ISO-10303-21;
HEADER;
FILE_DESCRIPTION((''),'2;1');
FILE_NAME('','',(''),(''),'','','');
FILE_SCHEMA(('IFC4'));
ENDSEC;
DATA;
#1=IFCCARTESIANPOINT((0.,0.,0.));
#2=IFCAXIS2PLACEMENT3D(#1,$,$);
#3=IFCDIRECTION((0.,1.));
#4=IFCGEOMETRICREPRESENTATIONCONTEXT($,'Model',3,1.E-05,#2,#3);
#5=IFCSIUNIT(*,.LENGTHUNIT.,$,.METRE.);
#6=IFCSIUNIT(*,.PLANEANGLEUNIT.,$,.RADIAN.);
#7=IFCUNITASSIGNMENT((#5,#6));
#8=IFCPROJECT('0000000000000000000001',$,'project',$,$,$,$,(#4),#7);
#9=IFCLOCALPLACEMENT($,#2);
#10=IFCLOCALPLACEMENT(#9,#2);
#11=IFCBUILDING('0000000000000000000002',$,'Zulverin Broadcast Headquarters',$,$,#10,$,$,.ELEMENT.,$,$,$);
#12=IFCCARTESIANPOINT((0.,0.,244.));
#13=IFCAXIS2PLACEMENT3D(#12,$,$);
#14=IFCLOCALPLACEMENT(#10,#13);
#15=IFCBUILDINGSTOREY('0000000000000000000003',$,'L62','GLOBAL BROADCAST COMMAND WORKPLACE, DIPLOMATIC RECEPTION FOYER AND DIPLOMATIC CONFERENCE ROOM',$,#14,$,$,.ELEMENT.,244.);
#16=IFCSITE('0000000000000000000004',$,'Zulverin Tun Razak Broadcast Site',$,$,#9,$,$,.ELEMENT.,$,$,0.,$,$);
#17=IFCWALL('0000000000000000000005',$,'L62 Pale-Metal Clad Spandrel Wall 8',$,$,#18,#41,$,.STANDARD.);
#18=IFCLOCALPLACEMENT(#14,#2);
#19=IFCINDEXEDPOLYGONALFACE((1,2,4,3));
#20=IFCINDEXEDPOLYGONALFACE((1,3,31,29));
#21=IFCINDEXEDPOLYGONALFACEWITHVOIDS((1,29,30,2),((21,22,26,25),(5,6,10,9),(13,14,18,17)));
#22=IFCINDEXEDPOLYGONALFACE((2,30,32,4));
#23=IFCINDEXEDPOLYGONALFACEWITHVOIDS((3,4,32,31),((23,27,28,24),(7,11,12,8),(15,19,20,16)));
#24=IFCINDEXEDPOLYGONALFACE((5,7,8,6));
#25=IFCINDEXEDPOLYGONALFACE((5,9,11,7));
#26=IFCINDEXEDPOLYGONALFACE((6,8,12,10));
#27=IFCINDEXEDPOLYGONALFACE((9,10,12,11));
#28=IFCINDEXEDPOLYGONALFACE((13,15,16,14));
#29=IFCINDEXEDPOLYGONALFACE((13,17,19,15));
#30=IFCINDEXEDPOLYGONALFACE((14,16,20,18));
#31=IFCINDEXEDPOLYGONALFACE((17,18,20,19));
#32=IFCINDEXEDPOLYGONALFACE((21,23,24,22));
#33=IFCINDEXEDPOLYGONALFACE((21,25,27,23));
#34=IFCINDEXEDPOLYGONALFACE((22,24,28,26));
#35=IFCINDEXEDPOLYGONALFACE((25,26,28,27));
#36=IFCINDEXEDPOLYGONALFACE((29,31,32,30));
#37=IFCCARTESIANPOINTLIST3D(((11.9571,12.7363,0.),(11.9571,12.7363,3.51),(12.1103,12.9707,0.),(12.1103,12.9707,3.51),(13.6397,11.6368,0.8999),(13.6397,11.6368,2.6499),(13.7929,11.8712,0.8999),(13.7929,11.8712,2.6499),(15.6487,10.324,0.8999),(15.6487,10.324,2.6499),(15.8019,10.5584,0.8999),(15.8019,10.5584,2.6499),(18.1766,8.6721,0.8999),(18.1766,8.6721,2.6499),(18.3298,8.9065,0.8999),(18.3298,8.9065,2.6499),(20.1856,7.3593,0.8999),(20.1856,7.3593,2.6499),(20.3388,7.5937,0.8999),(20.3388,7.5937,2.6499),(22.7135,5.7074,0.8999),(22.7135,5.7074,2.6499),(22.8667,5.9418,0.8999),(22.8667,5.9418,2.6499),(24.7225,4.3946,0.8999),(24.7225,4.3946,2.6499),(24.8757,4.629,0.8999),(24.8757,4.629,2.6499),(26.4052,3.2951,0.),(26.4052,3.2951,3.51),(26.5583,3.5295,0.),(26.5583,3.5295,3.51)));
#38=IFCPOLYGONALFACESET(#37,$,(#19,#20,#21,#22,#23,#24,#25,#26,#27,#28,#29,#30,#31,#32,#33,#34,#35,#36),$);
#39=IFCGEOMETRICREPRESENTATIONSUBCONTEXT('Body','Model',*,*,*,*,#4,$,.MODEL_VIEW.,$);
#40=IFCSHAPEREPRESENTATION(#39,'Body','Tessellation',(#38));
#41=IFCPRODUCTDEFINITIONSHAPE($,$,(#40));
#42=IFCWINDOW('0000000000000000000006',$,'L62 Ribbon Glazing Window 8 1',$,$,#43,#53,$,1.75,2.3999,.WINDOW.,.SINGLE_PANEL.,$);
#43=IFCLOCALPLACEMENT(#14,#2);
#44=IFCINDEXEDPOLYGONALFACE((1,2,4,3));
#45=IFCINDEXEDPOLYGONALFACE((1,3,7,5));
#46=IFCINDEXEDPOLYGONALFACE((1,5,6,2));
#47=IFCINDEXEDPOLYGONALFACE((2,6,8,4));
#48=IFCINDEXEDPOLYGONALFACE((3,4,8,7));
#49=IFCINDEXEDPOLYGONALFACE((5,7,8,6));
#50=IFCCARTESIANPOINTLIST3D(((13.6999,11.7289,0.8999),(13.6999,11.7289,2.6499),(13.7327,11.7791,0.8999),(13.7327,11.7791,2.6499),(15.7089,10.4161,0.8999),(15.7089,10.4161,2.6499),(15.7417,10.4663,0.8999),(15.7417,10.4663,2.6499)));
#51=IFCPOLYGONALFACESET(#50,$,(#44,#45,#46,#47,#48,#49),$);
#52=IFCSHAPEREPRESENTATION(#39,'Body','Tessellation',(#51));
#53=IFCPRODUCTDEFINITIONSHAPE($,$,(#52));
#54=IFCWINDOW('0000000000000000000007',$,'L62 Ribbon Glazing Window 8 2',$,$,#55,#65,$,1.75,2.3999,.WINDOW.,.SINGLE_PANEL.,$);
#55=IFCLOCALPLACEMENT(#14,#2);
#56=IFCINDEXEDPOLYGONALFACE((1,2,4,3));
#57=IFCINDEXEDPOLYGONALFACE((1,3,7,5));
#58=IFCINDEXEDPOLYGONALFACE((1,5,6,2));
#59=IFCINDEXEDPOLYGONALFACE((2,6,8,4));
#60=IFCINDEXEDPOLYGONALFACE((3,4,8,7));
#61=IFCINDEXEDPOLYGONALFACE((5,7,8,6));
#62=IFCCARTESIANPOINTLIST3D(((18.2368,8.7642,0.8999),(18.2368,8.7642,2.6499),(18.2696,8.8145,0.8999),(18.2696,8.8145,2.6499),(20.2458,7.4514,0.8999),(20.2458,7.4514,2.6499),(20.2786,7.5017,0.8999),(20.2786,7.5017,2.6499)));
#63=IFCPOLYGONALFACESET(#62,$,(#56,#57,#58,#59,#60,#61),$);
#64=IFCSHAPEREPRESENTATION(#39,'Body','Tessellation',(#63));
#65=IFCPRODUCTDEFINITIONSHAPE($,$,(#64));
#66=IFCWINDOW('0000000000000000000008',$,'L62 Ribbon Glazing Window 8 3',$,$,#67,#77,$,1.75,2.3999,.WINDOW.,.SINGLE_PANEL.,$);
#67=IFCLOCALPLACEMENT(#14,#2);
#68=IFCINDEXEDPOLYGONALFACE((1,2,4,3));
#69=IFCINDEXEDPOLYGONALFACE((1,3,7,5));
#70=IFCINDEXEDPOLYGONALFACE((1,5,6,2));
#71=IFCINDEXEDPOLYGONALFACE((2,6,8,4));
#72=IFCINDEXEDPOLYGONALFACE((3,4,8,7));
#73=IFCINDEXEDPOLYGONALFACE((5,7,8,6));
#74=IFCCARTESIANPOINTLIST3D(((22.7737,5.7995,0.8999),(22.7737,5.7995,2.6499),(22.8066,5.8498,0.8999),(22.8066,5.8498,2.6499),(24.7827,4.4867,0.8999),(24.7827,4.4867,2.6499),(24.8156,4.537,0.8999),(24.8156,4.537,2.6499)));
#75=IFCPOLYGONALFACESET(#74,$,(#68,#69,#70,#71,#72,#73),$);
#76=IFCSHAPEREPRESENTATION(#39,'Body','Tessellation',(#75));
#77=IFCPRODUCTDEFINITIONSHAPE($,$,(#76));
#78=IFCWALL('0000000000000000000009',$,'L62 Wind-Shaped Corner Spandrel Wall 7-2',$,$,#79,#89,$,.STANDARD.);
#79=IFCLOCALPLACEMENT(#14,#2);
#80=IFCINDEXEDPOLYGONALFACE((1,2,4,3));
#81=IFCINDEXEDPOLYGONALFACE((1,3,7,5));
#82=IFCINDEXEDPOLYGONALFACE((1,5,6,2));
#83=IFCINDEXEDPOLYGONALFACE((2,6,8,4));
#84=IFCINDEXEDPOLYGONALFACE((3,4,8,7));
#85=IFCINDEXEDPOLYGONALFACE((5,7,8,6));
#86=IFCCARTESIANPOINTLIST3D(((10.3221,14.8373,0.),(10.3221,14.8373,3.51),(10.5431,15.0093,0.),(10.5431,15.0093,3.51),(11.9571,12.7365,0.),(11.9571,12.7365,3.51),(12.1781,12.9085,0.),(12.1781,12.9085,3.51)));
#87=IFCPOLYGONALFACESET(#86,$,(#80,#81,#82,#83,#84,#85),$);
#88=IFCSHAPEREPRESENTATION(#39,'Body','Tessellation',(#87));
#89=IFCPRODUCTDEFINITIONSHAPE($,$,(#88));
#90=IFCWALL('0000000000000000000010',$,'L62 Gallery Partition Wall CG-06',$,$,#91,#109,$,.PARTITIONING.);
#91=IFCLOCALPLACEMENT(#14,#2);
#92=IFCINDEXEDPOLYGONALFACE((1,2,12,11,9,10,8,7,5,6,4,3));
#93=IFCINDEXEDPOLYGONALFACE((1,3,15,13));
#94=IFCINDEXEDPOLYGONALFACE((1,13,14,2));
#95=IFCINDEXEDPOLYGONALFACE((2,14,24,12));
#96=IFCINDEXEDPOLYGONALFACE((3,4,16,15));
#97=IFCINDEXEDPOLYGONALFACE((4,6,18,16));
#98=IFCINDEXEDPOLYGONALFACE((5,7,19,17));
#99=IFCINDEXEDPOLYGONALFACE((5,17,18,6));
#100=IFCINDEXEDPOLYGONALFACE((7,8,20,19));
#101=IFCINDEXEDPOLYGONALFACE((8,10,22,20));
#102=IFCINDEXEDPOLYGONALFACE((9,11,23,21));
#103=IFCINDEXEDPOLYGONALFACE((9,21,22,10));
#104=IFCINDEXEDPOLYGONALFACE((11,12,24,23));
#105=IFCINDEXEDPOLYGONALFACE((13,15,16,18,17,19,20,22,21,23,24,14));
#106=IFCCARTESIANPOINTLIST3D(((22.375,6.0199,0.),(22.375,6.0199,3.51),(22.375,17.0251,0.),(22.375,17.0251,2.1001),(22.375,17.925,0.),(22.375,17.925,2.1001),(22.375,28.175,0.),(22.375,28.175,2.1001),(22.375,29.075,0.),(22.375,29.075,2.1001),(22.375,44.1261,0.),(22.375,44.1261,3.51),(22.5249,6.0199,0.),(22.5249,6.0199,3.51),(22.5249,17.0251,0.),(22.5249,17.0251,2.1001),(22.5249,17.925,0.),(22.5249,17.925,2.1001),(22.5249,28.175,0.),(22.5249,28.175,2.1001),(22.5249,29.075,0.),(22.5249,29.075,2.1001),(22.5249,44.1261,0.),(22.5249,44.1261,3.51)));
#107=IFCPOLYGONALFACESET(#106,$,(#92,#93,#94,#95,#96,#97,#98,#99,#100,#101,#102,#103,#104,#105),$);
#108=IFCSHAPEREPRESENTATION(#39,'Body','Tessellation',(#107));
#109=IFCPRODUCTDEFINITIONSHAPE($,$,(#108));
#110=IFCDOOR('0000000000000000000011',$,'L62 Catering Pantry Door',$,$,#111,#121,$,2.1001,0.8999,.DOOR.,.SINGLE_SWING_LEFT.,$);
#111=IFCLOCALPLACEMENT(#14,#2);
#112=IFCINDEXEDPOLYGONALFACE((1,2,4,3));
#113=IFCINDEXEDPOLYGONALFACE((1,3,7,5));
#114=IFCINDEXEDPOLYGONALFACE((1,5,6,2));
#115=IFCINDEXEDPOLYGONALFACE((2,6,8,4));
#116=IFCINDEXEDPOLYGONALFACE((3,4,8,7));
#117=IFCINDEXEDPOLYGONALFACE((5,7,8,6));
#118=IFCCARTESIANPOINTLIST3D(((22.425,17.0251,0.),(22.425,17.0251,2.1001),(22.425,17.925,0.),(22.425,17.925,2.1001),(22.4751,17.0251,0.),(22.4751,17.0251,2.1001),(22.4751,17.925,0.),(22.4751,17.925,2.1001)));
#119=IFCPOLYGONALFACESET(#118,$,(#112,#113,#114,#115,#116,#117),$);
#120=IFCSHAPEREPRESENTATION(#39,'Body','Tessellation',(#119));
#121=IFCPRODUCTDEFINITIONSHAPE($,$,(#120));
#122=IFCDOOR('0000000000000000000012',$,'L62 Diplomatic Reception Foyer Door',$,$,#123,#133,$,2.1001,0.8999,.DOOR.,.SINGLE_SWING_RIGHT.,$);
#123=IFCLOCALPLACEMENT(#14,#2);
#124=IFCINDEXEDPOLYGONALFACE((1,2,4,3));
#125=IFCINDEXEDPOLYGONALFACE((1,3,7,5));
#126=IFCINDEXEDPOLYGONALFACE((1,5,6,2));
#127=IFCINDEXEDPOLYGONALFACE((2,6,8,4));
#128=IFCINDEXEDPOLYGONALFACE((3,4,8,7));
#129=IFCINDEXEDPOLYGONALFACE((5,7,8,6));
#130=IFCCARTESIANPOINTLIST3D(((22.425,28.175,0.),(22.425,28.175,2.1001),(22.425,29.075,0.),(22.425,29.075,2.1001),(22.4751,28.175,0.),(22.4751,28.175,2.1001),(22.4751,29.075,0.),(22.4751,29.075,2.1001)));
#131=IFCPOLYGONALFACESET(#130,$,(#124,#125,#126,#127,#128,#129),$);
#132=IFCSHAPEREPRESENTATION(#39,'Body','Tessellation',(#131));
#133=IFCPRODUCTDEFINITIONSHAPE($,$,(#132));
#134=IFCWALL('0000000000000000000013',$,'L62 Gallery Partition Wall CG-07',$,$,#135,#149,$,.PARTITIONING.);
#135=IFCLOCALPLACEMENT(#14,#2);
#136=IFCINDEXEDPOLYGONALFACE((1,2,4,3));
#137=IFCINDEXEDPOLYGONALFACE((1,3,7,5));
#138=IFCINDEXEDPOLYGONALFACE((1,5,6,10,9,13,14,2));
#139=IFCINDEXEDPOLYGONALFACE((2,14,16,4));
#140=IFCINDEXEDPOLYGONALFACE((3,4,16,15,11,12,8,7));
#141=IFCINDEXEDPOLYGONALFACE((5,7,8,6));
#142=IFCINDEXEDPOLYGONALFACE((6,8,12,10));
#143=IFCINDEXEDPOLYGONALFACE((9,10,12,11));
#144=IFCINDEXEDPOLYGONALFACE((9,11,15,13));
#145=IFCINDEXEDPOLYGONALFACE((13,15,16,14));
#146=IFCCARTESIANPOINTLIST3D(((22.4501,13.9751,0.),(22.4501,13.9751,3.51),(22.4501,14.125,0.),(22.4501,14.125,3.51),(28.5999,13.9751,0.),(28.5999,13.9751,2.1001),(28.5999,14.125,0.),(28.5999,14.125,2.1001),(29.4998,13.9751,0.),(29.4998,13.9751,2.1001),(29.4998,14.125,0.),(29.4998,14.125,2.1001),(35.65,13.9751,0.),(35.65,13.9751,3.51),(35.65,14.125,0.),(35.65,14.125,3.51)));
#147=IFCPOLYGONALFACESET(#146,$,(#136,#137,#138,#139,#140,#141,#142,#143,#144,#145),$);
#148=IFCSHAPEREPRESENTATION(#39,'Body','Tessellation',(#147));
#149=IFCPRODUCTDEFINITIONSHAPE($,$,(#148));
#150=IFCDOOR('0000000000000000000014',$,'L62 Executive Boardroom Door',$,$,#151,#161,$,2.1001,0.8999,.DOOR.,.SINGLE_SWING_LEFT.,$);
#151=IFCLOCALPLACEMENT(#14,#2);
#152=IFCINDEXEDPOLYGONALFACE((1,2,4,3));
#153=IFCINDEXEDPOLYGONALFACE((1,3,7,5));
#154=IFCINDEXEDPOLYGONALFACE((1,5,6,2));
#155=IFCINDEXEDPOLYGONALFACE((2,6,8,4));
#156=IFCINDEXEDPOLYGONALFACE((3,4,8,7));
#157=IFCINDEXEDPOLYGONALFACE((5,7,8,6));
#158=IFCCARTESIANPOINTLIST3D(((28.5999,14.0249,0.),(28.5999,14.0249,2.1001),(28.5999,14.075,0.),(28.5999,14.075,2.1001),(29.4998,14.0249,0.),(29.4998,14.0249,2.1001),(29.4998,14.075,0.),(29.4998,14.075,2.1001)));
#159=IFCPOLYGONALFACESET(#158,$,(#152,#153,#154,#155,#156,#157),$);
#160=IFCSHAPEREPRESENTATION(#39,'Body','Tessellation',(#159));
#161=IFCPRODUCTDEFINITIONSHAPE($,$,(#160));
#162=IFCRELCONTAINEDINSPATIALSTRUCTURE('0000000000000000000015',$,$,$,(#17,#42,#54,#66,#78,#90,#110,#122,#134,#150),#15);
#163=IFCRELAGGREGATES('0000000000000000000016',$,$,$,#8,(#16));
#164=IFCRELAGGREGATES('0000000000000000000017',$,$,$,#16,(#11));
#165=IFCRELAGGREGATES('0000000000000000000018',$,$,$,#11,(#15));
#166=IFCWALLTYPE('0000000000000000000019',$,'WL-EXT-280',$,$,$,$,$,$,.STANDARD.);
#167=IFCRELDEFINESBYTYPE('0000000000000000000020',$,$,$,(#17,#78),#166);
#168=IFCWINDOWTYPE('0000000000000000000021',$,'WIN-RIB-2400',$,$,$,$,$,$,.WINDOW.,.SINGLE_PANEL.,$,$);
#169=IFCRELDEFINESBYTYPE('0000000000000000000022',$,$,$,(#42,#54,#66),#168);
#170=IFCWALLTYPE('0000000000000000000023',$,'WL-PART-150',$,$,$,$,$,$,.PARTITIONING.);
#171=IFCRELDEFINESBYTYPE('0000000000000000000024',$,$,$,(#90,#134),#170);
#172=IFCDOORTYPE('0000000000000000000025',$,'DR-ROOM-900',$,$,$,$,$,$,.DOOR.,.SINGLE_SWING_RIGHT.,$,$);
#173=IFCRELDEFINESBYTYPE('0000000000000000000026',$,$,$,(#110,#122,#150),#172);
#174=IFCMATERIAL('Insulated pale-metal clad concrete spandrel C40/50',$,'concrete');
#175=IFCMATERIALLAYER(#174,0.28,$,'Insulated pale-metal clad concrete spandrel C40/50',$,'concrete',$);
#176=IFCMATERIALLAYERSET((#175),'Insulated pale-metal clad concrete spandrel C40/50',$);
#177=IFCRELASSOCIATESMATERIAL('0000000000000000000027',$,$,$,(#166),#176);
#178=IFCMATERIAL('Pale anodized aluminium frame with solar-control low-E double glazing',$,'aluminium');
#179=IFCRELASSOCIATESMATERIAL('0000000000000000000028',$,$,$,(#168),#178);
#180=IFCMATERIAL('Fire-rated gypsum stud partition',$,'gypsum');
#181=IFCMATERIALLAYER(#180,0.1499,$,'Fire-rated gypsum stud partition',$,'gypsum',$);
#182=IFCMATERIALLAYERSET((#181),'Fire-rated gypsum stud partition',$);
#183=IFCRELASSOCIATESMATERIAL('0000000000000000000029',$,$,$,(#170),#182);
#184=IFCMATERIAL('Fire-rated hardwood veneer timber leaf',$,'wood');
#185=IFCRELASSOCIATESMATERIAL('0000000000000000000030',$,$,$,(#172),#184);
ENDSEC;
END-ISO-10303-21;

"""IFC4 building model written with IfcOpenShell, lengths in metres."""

from ifc_helpers import new_model, si_unit, direction, frame, frame_2d, origin, place, context, subcontext, project, spatial, rectangle, extrude, material, layer, layer_set, type_object, element, fill, save


model = new_model("IFC4")

# Units and contexts
model_context = context("Model", 3, precision=1e-05, world=origin(), true_north=direction((0.0, 1.0)))
body_context = subcontext(model_context, "Body", "Model", "MODEL_VIEW")
ifc_project = project(units=[si_unit("LENGTHUNIT", "METRE"), si_unit("PLANEANGLEUNIT", "RADIAN")], contexts=[model_context])

# Site, building, storey
site_placement = place(None, origin())
site = spatial("IfcSite", under=ifc_project, at=site_placement, Name="Zulverin Tun Razak Broadcast Site", CompositionType="ELEMENT", RefElevation=0.0)
building_placement = place(site_placement, origin())
building = spatial("IfcBuilding", under=site, at=building_placement, Name="Zulverin Broadcast Headquarters", CompositionType="ELEMENT")
storey_placement = place(building_placement, frame((0.0, 0.0, 244.0)))
storey = spatial("IfcBuildingStorey", under=building, at=storey_placement, Name="L62", Description="GLOBAL BROADCAST COMMAND WORKPLACE, DIPLOMATIC RECEPTION FOYER AND DIPLOMATIC CONFERENCE ROOM", CompositionType="ELEMENT", Elevation=244.0)

# Wall, openings, windows
ifc_material_1 = material(Name="Insulated pale-metal clad concrete spandrel C40/50", Category="concrete")
ifc_layer_1 = layer(ifc_material_1, 0.28, Name="Insulated pale-metal clad concrete spandrel C40/50", Category="concrete")
ifc_layer_set_1 = layer_set([ifc_layer_1], Name="Insulated pale-metal clad concrete spandrel C40/50")
wall_type_1 = type_object("IfcWallType", Name="WL-EXT-280", PredefinedType="STANDARD", material=ifc_layer_set_1)
wall_1_placement = place(storey_placement, frame((12.0337, 12.8535, 0.0), z_axis=(0.0, 0.0, 1.0), x_axis=(0.837118, -0.547022, 0.0)))
wall_1 = element("IfcWall", 1, at=wall_1_placement, inside=storey, type_object=wall_type_1, Name="L62 Pale-Metal Clad Spandrel Wall 8", PredefinedType="STANDARD", context=body_context, shape_type="SweptSolid", body=[
    extrude(rectangle(XDim=17.2593, YDim=0.28, at=frame_2d((8.6296, 0.0))), origin(), (0.0, 0.0, 1.0), 3.51),
])
opening_1_placement = place(wall_1_placement, frame((2.01, 0.0, 0.8999)))
opening_1 = element("IfcOpeningElement", 2, at=opening_1_placement, cuts=wall_1, PredefinedType="OPENING", context=body_context, shape_type="SweptSolid", body=[
    extrude(rectangle(XDim=2.3999, YDim=1.75, at=frame_2d((1.2, 0.875))), frame((0.0, 0.1499, 0.0), z_axis=(0.0, -1.0, 0.0), x_axis=(1.0, 0.0, 0.0)), (0.0, 0.0, 1.0), 0.3),
])
opening_2_placement = place(wall_1_placement, frame((7.4297, 0.0, 0.8999)))
opening_2 = element("IfcOpeningElement", 3, at=opening_2_placement, cuts=wall_1, PredefinedType="OPENING", context=body_context, shape_type="SweptSolid", body=[
    extrude(rectangle(XDim=2.3999, YDim=1.75, at=frame_2d((1.2, 0.875))), frame((0.0, 0.1499, 0.0), z_axis=(0.0, -1.0, 0.0), x_axis=(1.0, 0.0, 0.0)), (0.0, 0.0, 1.0), 0.3),
])
opening_3_placement = place(wall_1_placement, frame((12.8494, 0.0, 0.8999)))
opening_3 = element("IfcOpeningElement", 4, at=opening_3_placement, cuts=wall_1, PredefinedType="OPENING", context=body_context, shape_type="SweptSolid", body=[
    extrude(rectangle(XDim=2.3999, YDim=1.75, at=frame_2d((1.2, 0.875))), frame((0.0, 0.1499, 0.0), z_axis=(0.0, -1.0, 0.0), x_axis=(1.0, 0.0, 0.0)), (0.0, 0.0, 1.0), 0.3),
])
ifc_material_2 = material(Name="Pale anodized aluminium frame with solar-control low-E double glazing", Category="aluminium")
window_type = type_object("IfcWindowType", Name="WIN-RIB-2400", PartitioningType="SINGLE_PANEL", PredefinedType="WINDOW", material=ifc_material_2)
window_1_placement = place(opening_1_placement, origin())
window_1 = element("IfcWindow", 5, at=window_1_placement, inside=storey, type_object=window_type, Name="L62 Ribbon Glazing Window 8 1", OverallHeight=1.75, OverallWidth=2.3999, PartitioningType="SINGLE_PANEL", PredefinedType="WINDOW", context=body_context, shape_type="SweptSolid", body=[
    extrude(rectangle(XDim=2.3999, YDim=1.75, at=frame_2d((1.2, 0.875))), frame((0.0, 0.03, 0.0), z_axis=(0.0, -1.0, 0.0), x_axis=(1.0, 0.0, 0.0)), (0.0, 0.0, 1.0), 0.0601),
])
fill(opening_1, window_1)
window_2_placement = place(opening_2_placement, origin())
window_2 = element("IfcWindow", 6, at=window_2_placement, inside=storey, type_object=window_type, Name="L62 Ribbon Glazing Window 8 2", OverallHeight=1.75, OverallWidth=2.3999, PartitioningType="SINGLE_PANEL", PredefinedType="WINDOW", context=body_context, shape_type="SweptSolid", body=[
    extrude(rectangle(XDim=2.3999, YDim=1.75, at=frame_2d((1.2, 0.875))), frame((0.0, 0.03, 0.0), z_axis=(0.0, -1.0, 0.0), x_axis=(1.0, 0.0, 0.0)), (0.0, 0.0, 1.0), 0.0601),
])
fill(opening_2, window_2)
window_3_placement = place(opening_3_placement, origin())
window_3 = element("IfcWindow", 7, at=window_3_placement, inside=storey, type_object=window_type, Name="L62 Ribbon Glazing Window 8 3", OverallHeight=1.75, OverallWidth=2.3999, PartitioningType="SINGLE_PANEL", PredefinedType="WINDOW", context=body_context, shape_type="SweptSolid", body=[
    extrude(rectangle(XDim=2.3999, YDim=1.75, at=frame_2d((1.2, 0.875))), frame((0.0, 0.03, 0.0), z_axis=(0.0, -1.0, 0.0), x_axis=(1.0, 0.0, 0.0)), (0.0, 0.0, 1.0), 0.0601),
])
fill(opening_3, window_3)

# Wall
wall_2_placement = place(storey_placement, frame((10.4326, 14.9233, 0.0), z_axis=(0.0, 0.0, 1.0), x_axis=(0.614182, -0.789165, 0.0)))
element("IfcWall", 8, at=wall_2_placement, inside=storey, type_object=wall_type_1, Name="L62 Wind-Shaped Corner Spandrel Wall 7-2", PredefinedType="STANDARD", context=body_context, shape_type="SweptSolid", body=[
    extrude(rectangle(XDim=2.6621, YDim=0.28, at=frame_2d((1.3311, 0.0))), origin(), (0.0, 0.0, 1.0), 3.51),
])

# Wall, openings, doors
ifc_material_3 = material(Name="Fire-rated gypsum stud partition", Category="gypsum")
ifc_layer_2 = layer(ifc_material_3, 0.1499, Name="Fire-rated gypsum stud partition", Category="gypsum")
ifc_layer_set_2 = layer_set([ifc_layer_2], Name="Fire-rated gypsum stud partition")
wall_type_2 = type_object("IfcWallType", Name="WL-PART-150", PredefinedType="PARTITIONING", material=ifc_layer_set_2)
wall_3_placement = place(storey_placement, frame((22.45, 6.0198, 0.0), z_axis=(0.0, 0.0, 1.0), x_axis=(0.0, 1.0, 0.0)))
wall_3 = element("IfcWall", 9, at=wall_3_placement, inside=storey, type_object=wall_type_2, Name="L62 Gallery Partition Wall CG-06", PredefinedType="PARTITIONING", context=body_context, shape_type="SweptSolid", body=[
    extrude(rectangle(XDim=38.1062, YDim=0.1499, at=frame_2d((19.0532, 0.0))), origin(), (0.0, 0.0, 1.0), 3.51),
])
opening_4_placement = place(wall_3_placement, frame((11.0054, 0.0, 0.0)))
opening_4 = element("IfcOpeningElement", 10, at=opening_4_placement, cuts=wall_3, PredefinedType="OPENING", context=body_context, shape_type="SweptSolid", body=[
    extrude(rectangle(XDim=0.8999, YDim=2.1001, at=frame_2d((0.45, 1.05))), frame((0.0, 0.085, 0.0), z_axis=(0.0, -1.0, 0.0), x_axis=(1.0, 0.0, 0.0)), (0.0, 0.0, 1.0), 0.1699),
])
opening_5_placement = place(wall_3_placement, frame((22.1553, 0.0, 0.0)))
opening_5 = element("IfcOpeningElement", 11, at=opening_5_placement, cuts=wall_3, PredefinedType="OPENING", context=body_context, shape_type="SweptSolid", body=[
    extrude(rectangle(XDim=0.8999, YDim=2.1001, at=frame_2d((0.45, 1.05))), frame((0.0, 0.085, 0.0), z_axis=(0.0, -1.0, 0.0), x_axis=(1.0, 0.0, 0.0)), (0.0, 0.0, 1.0), 0.1699),
])
ifc_material_4 = material(Name="Fire-rated hardwood veneer timber leaf", Category="wood")
door_type_1 = type_object("IfcDoorType", Name="DR-ROOM-900", OperationType="SINGLE_SWING_RIGHT", PredefinedType="DOOR", material=ifc_material_4)
door_1_placement = place(opening_4_placement, origin())
door_1 = element("IfcDoor", 12, at=door_1_placement, inside=storey, type_object=door_type_1, Name="L62 Catering Pantry Door", OperationType="SINGLE_SWING_LEFT", OverallHeight=2.1001, OverallWidth=0.8999, PredefinedType="DOOR", context=body_context, shape_type="SweptSolid", body=[
    extrude(rectangle(XDim=0.8999, YDim=2.1001, at=frame_2d((0.45, 1.05))), frame((0.0, 0.0249, 0.0), z_axis=(0.0, -1.0, 0.0), x_axis=(1.0, 0.0, 0.0)), (0.0, 0.0, 1.0), 0.05),
])
fill(opening_4, door_1)
door_2_placement = place(opening_5_placement, origin())
door_2 = element("IfcDoor", 13, at=door_2_placement, inside=storey, type_object=door_type_1, Name="L62 Diplomatic Reception Foyer Door", OperationType="SINGLE_SWING_RIGHT", OverallHeight=2.1001, OverallWidth=0.8999, PredefinedType="DOOR", context=body_context, shape_type="SweptSolid", body=[
    extrude(rectangle(XDim=0.8999, YDim=2.1001, at=frame_2d((0.45, 1.05))), frame((0.0, 0.0249, 0.0), z_axis=(0.0, -1.0, 0.0), x_axis=(1.0, 0.0, 0.0)), (0.0, 0.0, 1.0), 0.05),
])
fill(opening_5, door_2)

# Wall, opening, door
wall_4_placement = place(storey_placement, frame((22.45, 14.05, 0.0), z_axis=(0.0, 0.0, 1.0), x_axis=(1.0, 0.0, 0.0)))
wall_4 = element("IfcWall", 14, at=wall_4_placement, inside=storey, type_object=wall_type_2, Name="L62 Gallery Partition Wall CG-07", PredefinedType="PARTITIONING", context=body_context, shape_type="SweptSolid", body=[
    extrude(rectangle(XDim=13.2, YDim=0.1499, at=frame_2d((6.6001, 0.0))), origin(), (0.0, 0.0, 1.0), 3.51),
])
opening_6_placement = place(wall_4_placement, frame((6.1499, 0.0, 0.0)))
opening_6 = element("IfcOpeningElement", 15, at=opening_6_placement, cuts=wall_4, PredefinedType="OPENING", context=body_context, shape_type="SweptSolid", body=[
    extrude(rectangle(XDim=0.8999, YDim=2.1001, at=frame_2d((0.45, 1.05))), frame((0.0, 0.085, 0.0), z_axis=(0.0, -1.0, 0.0), x_axis=(1.0, 0.0, 0.0)), (0.0, 0.0, 1.0), 0.1699),
])
door_3_placement = place(opening_6_placement, origin())
door_3 = element("IfcDoor", 16, at=door_3_placement, inside=storey, type_object=door_type_1, Name="L62 Executive Boardroom Door", OperationType="SINGLE_SWING_LEFT", OverallHeight=2.1001, OverallWidth=0.8999, PredefinedType="DOOR", context=body_context, shape_type="SweptSolid", body=[
    extrude(rectangle(XDim=0.8999, YDim=2.1001, at=frame_2d((0.45, 1.05))), frame((0.0, 0.0249, 0.0), z_axis=(0.0, -1.0, 0.0), x_axis=(1.0, 0.0, 0.0)), (0.0, 0.0, 1.0), 0.05),
])
fill(opening_6, door_3)

save(model, "model.ifc")
